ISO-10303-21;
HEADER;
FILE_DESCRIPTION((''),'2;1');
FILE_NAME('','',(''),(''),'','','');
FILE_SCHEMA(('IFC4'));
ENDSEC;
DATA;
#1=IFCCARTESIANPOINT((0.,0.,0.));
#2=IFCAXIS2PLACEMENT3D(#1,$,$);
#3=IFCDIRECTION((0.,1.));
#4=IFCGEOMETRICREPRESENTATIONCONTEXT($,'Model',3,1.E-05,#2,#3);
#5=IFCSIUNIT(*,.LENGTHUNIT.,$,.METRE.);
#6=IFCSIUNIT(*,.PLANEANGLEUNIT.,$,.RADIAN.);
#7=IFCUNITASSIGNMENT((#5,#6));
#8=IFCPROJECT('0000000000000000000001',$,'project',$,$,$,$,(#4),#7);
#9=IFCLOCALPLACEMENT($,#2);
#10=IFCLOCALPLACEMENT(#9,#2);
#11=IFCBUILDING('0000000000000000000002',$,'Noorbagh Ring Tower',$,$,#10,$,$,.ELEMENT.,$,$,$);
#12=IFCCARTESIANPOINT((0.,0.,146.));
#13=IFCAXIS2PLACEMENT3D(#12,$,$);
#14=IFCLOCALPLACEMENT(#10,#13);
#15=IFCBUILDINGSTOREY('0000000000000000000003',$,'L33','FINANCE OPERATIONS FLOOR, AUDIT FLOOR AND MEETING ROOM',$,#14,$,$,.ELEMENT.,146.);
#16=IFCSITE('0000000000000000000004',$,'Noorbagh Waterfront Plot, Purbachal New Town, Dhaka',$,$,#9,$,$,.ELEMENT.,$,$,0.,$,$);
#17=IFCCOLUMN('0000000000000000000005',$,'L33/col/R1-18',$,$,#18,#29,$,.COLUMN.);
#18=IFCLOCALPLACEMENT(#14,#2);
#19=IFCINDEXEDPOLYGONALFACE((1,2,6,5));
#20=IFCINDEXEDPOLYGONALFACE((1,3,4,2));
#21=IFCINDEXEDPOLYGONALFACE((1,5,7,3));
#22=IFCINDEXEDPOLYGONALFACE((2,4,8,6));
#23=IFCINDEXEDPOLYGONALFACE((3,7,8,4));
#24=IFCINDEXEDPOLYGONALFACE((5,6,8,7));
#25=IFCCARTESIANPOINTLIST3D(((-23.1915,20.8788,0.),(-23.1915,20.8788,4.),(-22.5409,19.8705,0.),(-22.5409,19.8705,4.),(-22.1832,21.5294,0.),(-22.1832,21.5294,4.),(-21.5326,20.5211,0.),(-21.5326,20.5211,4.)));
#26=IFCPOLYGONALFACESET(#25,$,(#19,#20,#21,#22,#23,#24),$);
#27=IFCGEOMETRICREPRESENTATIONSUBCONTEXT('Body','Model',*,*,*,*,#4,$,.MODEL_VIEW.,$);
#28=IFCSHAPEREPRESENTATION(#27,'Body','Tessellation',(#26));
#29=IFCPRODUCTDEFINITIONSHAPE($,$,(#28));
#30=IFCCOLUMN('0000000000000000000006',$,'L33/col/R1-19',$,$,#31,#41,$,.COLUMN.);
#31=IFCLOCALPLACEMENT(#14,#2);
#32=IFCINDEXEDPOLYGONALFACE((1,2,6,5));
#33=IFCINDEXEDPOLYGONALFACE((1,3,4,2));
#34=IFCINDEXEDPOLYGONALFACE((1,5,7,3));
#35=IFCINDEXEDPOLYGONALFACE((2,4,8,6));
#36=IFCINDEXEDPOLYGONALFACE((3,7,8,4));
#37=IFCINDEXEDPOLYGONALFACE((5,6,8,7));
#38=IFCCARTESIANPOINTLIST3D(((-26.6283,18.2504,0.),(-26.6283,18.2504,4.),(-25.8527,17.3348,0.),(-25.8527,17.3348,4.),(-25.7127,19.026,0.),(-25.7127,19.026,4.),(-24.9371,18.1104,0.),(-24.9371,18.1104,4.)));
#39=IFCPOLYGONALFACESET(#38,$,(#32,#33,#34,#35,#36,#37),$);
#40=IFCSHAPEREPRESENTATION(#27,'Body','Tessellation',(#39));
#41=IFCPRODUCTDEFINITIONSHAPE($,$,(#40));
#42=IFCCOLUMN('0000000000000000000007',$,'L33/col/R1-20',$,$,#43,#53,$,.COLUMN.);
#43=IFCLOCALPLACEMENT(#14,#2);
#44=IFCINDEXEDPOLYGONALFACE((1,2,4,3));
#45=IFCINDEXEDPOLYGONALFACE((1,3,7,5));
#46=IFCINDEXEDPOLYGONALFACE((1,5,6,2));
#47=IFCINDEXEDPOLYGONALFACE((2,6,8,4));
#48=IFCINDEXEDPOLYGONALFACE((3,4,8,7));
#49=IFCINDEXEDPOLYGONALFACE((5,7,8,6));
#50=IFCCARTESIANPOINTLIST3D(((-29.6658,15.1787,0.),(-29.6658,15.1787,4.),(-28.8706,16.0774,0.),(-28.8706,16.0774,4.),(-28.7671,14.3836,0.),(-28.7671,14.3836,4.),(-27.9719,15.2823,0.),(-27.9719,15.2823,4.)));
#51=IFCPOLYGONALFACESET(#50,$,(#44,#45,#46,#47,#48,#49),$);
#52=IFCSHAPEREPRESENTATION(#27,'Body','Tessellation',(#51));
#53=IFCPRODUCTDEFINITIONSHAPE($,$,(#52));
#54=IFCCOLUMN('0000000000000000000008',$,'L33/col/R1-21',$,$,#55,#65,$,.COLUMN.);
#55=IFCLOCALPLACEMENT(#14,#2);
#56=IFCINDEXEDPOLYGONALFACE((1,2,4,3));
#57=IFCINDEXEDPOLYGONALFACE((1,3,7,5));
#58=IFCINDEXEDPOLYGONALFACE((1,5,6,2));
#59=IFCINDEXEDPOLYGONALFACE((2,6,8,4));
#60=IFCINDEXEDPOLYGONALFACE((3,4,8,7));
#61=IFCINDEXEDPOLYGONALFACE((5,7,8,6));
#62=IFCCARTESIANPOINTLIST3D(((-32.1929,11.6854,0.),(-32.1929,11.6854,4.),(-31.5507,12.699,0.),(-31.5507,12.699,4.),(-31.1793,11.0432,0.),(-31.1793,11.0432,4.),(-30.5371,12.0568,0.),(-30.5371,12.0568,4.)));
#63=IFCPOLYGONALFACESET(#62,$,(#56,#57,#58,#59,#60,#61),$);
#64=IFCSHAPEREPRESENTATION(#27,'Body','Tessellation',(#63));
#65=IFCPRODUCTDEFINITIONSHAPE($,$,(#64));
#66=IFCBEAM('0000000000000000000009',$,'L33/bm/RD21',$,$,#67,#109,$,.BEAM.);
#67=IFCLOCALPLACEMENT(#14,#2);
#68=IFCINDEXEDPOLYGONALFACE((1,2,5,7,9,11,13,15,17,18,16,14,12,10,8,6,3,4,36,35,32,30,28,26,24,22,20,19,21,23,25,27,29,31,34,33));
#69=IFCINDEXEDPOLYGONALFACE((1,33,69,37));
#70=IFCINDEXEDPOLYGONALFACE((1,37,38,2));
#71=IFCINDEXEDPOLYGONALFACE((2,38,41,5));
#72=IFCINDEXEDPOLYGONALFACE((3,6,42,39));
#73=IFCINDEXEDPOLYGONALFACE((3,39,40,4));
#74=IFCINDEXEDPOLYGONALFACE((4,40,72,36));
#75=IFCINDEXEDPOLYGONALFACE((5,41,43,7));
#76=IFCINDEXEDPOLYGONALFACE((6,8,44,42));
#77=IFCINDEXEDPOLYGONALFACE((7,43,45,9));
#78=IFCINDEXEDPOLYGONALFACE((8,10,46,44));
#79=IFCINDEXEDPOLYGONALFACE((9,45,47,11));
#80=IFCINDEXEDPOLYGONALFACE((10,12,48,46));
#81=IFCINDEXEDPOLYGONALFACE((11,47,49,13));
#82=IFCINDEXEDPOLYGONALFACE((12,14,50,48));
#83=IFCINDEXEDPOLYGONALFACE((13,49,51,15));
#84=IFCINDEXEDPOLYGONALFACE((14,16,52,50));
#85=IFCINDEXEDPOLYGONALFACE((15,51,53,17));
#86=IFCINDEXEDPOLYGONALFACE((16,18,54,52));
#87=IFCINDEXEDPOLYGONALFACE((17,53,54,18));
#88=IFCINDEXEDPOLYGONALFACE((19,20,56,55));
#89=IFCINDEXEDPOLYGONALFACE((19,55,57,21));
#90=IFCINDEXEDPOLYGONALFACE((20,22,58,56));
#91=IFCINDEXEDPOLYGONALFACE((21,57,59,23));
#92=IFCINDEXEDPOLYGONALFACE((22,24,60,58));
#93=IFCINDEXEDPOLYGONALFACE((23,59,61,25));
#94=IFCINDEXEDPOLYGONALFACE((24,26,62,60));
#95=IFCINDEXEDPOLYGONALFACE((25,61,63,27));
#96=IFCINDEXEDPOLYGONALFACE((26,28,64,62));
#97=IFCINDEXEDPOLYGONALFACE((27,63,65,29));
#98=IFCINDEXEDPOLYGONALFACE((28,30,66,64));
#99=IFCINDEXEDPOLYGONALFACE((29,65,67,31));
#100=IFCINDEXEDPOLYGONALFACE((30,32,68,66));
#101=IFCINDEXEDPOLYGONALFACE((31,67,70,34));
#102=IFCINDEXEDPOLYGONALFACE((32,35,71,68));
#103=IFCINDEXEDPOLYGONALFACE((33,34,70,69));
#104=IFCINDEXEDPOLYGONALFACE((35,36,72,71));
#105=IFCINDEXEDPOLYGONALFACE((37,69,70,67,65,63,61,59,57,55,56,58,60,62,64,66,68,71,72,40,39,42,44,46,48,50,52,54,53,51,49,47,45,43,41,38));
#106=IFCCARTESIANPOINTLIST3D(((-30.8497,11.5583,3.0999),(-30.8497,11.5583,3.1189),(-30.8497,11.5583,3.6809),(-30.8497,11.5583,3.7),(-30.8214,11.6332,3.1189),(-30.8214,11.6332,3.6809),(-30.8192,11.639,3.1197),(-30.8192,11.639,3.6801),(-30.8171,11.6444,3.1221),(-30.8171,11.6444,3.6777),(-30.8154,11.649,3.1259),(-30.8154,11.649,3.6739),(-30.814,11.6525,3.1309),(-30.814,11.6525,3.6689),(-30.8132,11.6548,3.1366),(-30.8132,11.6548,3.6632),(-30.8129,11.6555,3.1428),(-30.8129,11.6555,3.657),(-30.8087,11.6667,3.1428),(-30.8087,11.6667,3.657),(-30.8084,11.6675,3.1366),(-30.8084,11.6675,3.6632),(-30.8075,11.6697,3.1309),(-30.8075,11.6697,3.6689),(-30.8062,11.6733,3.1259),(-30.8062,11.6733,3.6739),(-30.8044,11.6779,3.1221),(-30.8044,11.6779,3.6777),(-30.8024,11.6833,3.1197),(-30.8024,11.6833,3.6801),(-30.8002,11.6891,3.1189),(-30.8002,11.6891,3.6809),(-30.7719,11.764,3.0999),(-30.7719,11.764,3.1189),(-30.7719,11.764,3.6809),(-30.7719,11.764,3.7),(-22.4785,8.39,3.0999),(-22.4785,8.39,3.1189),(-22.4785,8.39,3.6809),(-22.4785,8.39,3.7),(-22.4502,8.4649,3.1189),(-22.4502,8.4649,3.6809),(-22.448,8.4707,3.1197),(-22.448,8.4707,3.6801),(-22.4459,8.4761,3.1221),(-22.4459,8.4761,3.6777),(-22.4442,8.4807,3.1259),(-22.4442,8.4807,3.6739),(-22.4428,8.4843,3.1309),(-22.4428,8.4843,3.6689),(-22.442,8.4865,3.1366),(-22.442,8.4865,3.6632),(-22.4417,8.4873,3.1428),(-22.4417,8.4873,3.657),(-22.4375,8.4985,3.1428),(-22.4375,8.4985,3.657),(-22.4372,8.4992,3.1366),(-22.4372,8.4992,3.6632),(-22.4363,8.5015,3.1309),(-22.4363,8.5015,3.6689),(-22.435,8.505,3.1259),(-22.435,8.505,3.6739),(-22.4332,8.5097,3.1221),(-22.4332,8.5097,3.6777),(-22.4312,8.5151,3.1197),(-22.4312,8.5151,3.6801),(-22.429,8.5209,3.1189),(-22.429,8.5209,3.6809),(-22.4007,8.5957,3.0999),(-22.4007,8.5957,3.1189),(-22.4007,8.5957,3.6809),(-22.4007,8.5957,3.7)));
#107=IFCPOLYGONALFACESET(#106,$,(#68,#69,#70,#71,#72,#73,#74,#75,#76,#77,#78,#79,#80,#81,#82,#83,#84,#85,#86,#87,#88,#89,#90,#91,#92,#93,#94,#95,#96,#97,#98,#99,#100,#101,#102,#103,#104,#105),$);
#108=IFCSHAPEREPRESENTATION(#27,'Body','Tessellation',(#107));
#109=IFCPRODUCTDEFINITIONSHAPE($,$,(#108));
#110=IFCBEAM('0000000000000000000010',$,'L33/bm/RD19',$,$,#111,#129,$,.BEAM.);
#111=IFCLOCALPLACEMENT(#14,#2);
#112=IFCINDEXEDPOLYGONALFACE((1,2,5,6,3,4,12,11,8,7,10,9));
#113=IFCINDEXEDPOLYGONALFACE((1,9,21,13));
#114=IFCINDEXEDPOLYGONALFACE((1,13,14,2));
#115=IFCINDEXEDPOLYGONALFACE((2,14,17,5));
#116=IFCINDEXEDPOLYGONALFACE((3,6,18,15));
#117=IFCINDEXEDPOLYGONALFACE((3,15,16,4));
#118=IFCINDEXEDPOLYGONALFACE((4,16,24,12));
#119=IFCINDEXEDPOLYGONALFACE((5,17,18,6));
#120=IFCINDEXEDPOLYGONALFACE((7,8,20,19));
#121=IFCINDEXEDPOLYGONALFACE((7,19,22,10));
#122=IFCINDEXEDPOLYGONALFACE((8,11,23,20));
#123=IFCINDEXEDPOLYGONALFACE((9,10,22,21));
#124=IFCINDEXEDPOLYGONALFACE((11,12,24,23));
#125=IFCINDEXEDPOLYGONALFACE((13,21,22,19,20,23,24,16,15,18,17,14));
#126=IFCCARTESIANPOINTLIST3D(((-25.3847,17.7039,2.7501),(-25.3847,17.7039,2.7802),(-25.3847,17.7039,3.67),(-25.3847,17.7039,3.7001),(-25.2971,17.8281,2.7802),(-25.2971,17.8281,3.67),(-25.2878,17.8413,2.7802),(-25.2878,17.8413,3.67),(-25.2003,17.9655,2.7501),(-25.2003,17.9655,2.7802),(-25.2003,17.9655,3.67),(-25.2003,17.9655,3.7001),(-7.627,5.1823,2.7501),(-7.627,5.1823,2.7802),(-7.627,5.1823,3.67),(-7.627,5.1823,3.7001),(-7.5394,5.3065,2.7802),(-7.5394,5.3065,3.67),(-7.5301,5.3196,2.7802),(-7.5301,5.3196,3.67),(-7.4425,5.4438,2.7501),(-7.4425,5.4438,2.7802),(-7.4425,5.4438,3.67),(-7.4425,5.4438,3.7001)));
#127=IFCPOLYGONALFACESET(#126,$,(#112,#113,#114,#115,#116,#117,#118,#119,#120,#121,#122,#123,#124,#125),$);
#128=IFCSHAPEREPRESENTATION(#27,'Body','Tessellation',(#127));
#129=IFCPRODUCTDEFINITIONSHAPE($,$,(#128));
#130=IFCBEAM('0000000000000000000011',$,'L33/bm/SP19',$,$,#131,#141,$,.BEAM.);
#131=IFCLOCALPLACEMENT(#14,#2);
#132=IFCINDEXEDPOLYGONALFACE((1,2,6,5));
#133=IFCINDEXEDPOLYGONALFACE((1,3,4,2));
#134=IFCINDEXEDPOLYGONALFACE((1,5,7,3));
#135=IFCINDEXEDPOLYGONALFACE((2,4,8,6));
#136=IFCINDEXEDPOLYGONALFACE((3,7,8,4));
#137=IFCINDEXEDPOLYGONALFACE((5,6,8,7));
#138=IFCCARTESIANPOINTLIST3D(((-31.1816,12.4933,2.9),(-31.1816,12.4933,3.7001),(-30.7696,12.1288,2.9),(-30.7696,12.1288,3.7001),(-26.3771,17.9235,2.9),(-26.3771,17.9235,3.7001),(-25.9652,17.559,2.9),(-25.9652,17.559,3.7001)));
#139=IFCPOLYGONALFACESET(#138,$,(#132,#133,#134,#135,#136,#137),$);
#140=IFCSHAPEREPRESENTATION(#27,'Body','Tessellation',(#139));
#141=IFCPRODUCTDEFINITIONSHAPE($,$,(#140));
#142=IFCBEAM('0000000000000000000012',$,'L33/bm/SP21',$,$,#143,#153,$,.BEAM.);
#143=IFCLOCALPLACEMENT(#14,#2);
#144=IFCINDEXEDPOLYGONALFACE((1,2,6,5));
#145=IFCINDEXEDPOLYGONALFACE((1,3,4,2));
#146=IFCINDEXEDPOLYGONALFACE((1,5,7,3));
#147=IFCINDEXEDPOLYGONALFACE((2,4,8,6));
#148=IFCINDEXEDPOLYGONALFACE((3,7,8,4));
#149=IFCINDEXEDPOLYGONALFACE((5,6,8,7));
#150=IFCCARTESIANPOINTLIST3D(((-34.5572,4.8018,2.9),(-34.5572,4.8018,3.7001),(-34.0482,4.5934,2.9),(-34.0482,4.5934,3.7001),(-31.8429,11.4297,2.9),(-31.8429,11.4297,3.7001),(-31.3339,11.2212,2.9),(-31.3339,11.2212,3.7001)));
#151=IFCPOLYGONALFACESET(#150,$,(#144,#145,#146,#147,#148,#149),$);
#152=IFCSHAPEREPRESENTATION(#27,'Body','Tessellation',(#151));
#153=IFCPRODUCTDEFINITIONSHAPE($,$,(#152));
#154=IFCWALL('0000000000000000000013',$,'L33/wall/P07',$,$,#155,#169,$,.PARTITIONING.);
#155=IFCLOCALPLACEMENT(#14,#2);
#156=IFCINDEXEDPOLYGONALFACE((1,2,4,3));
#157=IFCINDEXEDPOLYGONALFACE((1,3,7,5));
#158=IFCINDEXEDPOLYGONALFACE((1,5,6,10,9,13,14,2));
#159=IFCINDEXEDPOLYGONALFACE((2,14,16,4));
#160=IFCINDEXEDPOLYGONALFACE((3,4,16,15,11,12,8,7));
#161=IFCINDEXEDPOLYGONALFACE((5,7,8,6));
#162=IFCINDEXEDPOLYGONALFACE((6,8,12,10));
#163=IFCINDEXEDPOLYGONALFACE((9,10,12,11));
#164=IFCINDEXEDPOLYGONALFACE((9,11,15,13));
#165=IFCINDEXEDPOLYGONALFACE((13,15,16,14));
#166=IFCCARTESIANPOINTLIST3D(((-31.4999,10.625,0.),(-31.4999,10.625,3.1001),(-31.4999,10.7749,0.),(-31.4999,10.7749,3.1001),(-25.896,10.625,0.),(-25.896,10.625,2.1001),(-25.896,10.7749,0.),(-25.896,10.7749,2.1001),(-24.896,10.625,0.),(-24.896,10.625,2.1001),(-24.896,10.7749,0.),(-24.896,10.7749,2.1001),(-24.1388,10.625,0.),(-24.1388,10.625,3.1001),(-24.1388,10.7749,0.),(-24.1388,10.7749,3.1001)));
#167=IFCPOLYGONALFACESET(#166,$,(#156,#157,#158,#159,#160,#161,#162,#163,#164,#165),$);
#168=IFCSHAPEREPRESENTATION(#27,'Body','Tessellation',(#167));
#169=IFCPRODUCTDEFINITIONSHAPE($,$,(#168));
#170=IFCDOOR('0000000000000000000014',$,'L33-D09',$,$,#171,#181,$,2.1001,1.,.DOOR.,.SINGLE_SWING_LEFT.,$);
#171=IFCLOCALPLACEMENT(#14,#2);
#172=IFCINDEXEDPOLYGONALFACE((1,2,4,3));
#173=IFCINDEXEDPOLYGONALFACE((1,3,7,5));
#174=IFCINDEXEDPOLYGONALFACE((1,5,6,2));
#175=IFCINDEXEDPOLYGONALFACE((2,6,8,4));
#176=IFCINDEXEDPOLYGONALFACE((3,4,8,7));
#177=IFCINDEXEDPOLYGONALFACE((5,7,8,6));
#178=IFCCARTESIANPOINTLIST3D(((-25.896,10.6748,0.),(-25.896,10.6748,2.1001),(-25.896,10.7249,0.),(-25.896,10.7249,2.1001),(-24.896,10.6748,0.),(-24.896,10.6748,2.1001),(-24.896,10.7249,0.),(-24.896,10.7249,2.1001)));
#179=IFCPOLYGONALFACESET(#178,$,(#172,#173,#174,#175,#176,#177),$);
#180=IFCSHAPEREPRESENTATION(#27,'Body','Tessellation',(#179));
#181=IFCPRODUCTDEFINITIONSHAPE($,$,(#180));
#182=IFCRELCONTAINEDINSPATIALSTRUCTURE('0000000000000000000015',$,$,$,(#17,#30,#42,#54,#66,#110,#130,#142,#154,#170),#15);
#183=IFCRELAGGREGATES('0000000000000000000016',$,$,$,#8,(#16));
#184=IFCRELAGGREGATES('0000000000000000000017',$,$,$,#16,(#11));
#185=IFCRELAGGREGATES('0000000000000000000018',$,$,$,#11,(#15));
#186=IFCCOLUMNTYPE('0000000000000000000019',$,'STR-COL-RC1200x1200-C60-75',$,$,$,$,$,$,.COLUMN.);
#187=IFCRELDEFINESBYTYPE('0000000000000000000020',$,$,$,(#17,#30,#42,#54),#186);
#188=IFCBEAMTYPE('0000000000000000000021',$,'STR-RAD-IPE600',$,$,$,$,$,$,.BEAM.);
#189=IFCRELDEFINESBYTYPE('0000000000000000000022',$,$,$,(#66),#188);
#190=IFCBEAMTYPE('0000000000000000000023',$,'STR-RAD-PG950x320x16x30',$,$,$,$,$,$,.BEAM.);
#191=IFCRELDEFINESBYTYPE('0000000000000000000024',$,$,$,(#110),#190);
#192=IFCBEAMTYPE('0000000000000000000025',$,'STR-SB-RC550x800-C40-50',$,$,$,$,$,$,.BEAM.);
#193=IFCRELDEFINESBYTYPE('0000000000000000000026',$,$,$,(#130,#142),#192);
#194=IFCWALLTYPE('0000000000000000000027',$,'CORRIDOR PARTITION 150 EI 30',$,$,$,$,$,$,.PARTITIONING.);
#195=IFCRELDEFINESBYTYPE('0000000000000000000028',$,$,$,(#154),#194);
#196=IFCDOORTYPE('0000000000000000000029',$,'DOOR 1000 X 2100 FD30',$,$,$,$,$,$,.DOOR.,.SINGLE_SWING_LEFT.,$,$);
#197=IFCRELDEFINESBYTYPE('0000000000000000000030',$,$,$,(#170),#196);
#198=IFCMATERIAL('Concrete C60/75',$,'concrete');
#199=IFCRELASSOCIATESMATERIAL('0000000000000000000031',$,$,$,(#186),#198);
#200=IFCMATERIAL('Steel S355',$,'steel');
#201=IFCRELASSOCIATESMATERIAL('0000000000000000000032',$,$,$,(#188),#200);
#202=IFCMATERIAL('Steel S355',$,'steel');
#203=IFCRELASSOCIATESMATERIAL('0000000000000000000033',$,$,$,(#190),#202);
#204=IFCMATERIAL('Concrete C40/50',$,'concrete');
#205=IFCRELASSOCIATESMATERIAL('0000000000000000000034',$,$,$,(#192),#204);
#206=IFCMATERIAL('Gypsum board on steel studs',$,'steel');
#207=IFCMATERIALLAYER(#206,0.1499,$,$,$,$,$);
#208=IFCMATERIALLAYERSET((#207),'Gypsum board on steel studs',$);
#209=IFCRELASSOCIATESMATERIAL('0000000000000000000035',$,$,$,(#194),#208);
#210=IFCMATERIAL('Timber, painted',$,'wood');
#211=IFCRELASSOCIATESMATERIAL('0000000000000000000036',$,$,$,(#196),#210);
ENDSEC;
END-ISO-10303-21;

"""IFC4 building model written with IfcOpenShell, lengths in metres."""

from ifc_helpers import new_model, si_unit, direction, frame, frame_2d, origin, origin_2d, place, context, subcontext, project, spatial, rectangle, i_section, extrude, material, layer, layer_set, material_profile, profile_set, type_object, element, fill, save


model = new_model("IFC4")

# Units and contexts
model_context = context("Model", 3, precision=1e-05, world=origin(), true_north=direction((0.0, 1.0)))
body_context = subcontext(model_context, "Body", "Model", "MODEL_VIEW")
ifc_project = project(units=[si_unit("LENGTHUNIT", "METRE"), si_unit("PLANEANGLEUNIT", "RADIAN")], contexts=[model_context])

# Site, building, storey
site_placement = place(None, origin())
site = spatial("IfcSite", under=ifc_project, at=site_placement, Name="Noorbagh Waterfront Plot, Purbachal New Town, Dhaka", CompositionType="ELEMENT", RefElevation=0.0)
building_placement = place(site_placement, origin())
building = spatial("IfcBuilding", under=site, at=building_placement, Name="Noorbagh Ring Tower", CompositionType="ELEMENT")
storey_placement = place(building_placement, frame((0.0, 0.0, 146.0)))
storey = spatial("IfcBuildingStorey", under=building, at=storey_placement, Name="L33", Description="FINANCE OPERATIONS FLOOR, AUDIT FLOOR AND MEETING ROOM", CompositionType="ELEMENT", Elevation=146.0)

# Columns
ifc_material_1 = material(Name="Concrete C60/75", Category="concrete")
ifc_material_profile_1 = material_profile(ifc_material_1, rectangle(XDim=1.2, YDim=1.2, at=origin_2d()), Name="RC1200x1200")
ifc_profile_set_1 = profile_set([ifc_material_profile_1], Name="Concrete C60/75")
column_type = type_object("IfcColumnType", Name="STR-COL-RC1200x1200-C60-75", PredefinedType="COLUMN", material=ifc_profile_set_1)
for number, where, z_axis, x_axis, name in (
    (1, (-22.3621, 20.7, 0.0), (0.0, 0.0, 1.0), (-0.840248, -0.542203, 0.0), "L33/col/R1-18"),
    (2, (-25.7827, 18.1804, 0.0), (0.0, 0.0, 1.0), (-0.763035, -0.646357, 0.0), "L33/col/R1-19"),
    (3, (-28.8188, 15.2305, 0.0), (0.0, 0.0, 1.0), (-0.662636, -0.748942, 0.0), "L33/col/R1-20"),
    (4, (-31.365, 11.8711, 0.0), (0.0, 0.0, 1.0), (-0.53519, -0.844731, 0.0), "L33/col/R1-21"),
):
    element("IfcColumn", number, at=place(storey_placement, frame(where, z_axis=z_axis, x_axis=x_axis)), inside=storey, type_object=column_type, Name=name, PredefinedType="COLUMN", context=body_context, shape_type="SweptSolid", body=[
        extrude(rectangle(XDim=1.2, YDim=1.2, at=origin_2d()), origin(), (0.0, 0.0, 1.0), 4.0),
    ])

# Beams
ifc_material_2 = material(Name="Steel S355", Category="steel")
ifc_material_profile_2 = material_profile(ifc_material_2, i_section(OverallWidth=0.22, OverallDepth=0.6001, WebThickness=0.012, FlangeThickness=0.019, FilletRadius=0.0239, at=origin_2d()), Name="IPE600")
ifc_profile_set_2 = profile_set([ifc_material_profile_2], Name="Steel S355")
beam_type_1 = type_object("IfcBeamType", Name="STR-RAD-IPE600", PredefinedType="BEAM", material=ifc_profile_set_2)
beam_1_placement = place(storey_placement, frame((-30.8108, 11.6611, 3.3999), z_axis=(0.935258, -0.353968, 0.0), x_axis=(0.353968, 0.935258, 0.0)))
element("IfcBeam", 5, at=beam_1_placement, inside=storey, type_object=beam_type_1, Name="L33/bm/RD21", PredefinedType="BEAM", context=body_context, shape_type="SweptSolid", body=[
    extrude(i_section(OverallWidth=0.22, OverallDepth=0.6001, WebThickness=0.012, FlangeThickness=0.019, FilletRadius=0.0239, at=origin_2d()), origin(), (0.0, 0.0, 1.0), 8.9507),
])
ifc_material_3 = material(Name="Steel S355", Category="steel")
ifc_material_profile_3 = material_profile(ifc_material_3, i_section(OverallWidth=0.3201, OverallDepth=0.95, WebThickness=0.0161, FlangeThickness=0.03, at=origin_2d()), Name="PG950x320x16x30")
ifc_profile_set_3 = profile_set([ifc_material_profile_3], Name="Steel S355")
beam_type_2 = type_object("IfcBeamType", Name="STR-RAD-PG950x320x16x30", PredefinedType="BEAM", material=ifc_profile_set_3)
beam_2_placement = place(storey_placement, frame((-25.2925, 17.8347, 3.2251), z_axis=(0.817254, -0.576278, 0.0), x_axis=(0.576278, 0.817254, 0.0)))
element("IfcBeam", 6, at=beam_2_placement, inside=storey, type_object=beam_type_2, Name="L33/bm/RD19", PredefinedType="BEAM", context=body_context, shape_type="SweptSolid", body=[
    extrude(i_section(OverallWidth=0.3201, OverallDepth=0.95, WebThickness=0.0161, FlangeThickness=0.03, at=origin_2d()), origin(), (0.0, 0.0, 1.0), 21.7285),
])
ifc_material_4 = material(Name="Concrete C40/50", Category="concrete")
ifc_material_profile_4 = material_profile(ifc_material_4, rectangle(XDim=0.55, YDim=0.8, at=origin_2d()), Name="RC550x800")
ifc_profile_set_4 = profile_set([ifc_material_profile_4], Name="Concrete C40/50")
beam_type_3 = type_object("IfcBeamType", Name="STR-SB-RC550x800-C40-50", PredefinedType="BEAM", material=ifc_profile_set_4)
beam_3_placement = place(storey_placement, frame((-26.1711, 17.7412, 3.3), z_axis=(-0.662638, -0.74894, 0.0), x_axis=(0.74894, -0.662638, 0.0)))
element("IfcBeam", 7, at=beam_3_placement, inside=storey, type_object=beam_type_3, Name="L33/bm/SP19", PredefinedType="BEAM", context=body_context, shape_type="SweptSolid", body=[
    extrude(rectangle(XDim=0.55, YDim=0.8, at=origin_2d()), origin(), (0.0, 0.0, 1.0), 7.2505),
])
beam_4_placement = place(storey_placement, frame((-31.5884, 11.3254, 3.3), z_axis=(-0.378983, -0.925404, 0.0), x_axis=(0.925404, -0.378983, 0.0)))
element("IfcBeam", 8, at=beam_4_placement, inside=storey, type_object=beam_type_3, Name="L33/bm/SP21", PredefinedType="BEAM", context=body_context, shape_type="SweptSolid", body=[
    extrude(rectangle(XDim=0.55, YDim=0.8, at=origin_2d()), origin(), (0.0, 0.0, 1.0), 7.1621),
])

# Wall, opening, door
ifc_material_5 = material(Name="Gypsum board on steel studs", Category="steel")
ifc_layer_1 = layer(ifc_material_5, 0.1499)
ifc_layer_set_1 = layer_set([ifc_layer_1], Name="Gypsum board on steel studs")
wall_type_1 = type_object("IfcWallType", Name="CORRIDOR PARTITION 150 EI 30", PredefinedType="PARTITIONING", material=ifc_layer_set_1)
wall_1_placement = place(storey_placement, frame((-31.5, 10.7, 0.0), z_axis=(0.0, 0.0, 1.0), x_axis=(1.0, 0.0, 0.0)))
wall_1 = element("IfcWall", 9, at=wall_1_placement, inside=storey, type_object=wall_type_1, Name="L33/wall/P07", PredefinedType="PARTITIONING", context=body_context, shape_type="SweptSolid", body=[
    extrude(rectangle(XDim=7.3611, YDim=0.1499, at=frame_2d((3.6807, 0.0))), origin(), (0.0, 0.0, 1.0), 3.1001),
])
opening_placement = place(wall_1_placement, frame((5.604, 0.0, 0.0)))
opening = element("IfcOpeningElement", 10, at=opening_placement, cuts=wall_1, PredefinedType="OPENING", context=body_context, shape_type="SweptSolid", body=[
    extrude(rectangle(XDim=1.0, YDim=2.1001, at=frame_2d((0.5, 1.05))), frame((0.0, 0.085, 0.0), z_axis=(0.0, -1.0, 0.0), x_axis=(1.0, 0.0, 0.0)), (0.0, 0.0, 1.0), 0.1699),
])
ifc_material_6 = material(Name="Timber, painted", Category="wood")
door_type = type_object("IfcDoorType", Name="DOOR 1000 X 2100 FD30", OperationType="SINGLE_SWING_LEFT", PredefinedType="DOOR", material=ifc_material_6)
door_placement = place(opening_placement, origin())
door = element("IfcDoor", 11, at=door_placement, inside=storey, type_object=door_type, Name="L33-D09", OperationType="SINGLE_SWING_LEFT", OverallHeight=2.1001, OverallWidth=1.0, PredefinedType="DOOR", context=body_context, shape_type="SweptSolid", body=[
    extrude(rectangle(XDim=1.0, YDim=2.1001, at=frame_2d((0.5, 1.05))), frame((0.0, 0.0249, 0.0), z_axis=(0.0, -1.0, 0.0), x_axis=(1.0, 0.0, 0.0)), (0.0, 0.0, 1.0), 0.05),
])
fill(opening, door)

save(model, "model.ifc")
